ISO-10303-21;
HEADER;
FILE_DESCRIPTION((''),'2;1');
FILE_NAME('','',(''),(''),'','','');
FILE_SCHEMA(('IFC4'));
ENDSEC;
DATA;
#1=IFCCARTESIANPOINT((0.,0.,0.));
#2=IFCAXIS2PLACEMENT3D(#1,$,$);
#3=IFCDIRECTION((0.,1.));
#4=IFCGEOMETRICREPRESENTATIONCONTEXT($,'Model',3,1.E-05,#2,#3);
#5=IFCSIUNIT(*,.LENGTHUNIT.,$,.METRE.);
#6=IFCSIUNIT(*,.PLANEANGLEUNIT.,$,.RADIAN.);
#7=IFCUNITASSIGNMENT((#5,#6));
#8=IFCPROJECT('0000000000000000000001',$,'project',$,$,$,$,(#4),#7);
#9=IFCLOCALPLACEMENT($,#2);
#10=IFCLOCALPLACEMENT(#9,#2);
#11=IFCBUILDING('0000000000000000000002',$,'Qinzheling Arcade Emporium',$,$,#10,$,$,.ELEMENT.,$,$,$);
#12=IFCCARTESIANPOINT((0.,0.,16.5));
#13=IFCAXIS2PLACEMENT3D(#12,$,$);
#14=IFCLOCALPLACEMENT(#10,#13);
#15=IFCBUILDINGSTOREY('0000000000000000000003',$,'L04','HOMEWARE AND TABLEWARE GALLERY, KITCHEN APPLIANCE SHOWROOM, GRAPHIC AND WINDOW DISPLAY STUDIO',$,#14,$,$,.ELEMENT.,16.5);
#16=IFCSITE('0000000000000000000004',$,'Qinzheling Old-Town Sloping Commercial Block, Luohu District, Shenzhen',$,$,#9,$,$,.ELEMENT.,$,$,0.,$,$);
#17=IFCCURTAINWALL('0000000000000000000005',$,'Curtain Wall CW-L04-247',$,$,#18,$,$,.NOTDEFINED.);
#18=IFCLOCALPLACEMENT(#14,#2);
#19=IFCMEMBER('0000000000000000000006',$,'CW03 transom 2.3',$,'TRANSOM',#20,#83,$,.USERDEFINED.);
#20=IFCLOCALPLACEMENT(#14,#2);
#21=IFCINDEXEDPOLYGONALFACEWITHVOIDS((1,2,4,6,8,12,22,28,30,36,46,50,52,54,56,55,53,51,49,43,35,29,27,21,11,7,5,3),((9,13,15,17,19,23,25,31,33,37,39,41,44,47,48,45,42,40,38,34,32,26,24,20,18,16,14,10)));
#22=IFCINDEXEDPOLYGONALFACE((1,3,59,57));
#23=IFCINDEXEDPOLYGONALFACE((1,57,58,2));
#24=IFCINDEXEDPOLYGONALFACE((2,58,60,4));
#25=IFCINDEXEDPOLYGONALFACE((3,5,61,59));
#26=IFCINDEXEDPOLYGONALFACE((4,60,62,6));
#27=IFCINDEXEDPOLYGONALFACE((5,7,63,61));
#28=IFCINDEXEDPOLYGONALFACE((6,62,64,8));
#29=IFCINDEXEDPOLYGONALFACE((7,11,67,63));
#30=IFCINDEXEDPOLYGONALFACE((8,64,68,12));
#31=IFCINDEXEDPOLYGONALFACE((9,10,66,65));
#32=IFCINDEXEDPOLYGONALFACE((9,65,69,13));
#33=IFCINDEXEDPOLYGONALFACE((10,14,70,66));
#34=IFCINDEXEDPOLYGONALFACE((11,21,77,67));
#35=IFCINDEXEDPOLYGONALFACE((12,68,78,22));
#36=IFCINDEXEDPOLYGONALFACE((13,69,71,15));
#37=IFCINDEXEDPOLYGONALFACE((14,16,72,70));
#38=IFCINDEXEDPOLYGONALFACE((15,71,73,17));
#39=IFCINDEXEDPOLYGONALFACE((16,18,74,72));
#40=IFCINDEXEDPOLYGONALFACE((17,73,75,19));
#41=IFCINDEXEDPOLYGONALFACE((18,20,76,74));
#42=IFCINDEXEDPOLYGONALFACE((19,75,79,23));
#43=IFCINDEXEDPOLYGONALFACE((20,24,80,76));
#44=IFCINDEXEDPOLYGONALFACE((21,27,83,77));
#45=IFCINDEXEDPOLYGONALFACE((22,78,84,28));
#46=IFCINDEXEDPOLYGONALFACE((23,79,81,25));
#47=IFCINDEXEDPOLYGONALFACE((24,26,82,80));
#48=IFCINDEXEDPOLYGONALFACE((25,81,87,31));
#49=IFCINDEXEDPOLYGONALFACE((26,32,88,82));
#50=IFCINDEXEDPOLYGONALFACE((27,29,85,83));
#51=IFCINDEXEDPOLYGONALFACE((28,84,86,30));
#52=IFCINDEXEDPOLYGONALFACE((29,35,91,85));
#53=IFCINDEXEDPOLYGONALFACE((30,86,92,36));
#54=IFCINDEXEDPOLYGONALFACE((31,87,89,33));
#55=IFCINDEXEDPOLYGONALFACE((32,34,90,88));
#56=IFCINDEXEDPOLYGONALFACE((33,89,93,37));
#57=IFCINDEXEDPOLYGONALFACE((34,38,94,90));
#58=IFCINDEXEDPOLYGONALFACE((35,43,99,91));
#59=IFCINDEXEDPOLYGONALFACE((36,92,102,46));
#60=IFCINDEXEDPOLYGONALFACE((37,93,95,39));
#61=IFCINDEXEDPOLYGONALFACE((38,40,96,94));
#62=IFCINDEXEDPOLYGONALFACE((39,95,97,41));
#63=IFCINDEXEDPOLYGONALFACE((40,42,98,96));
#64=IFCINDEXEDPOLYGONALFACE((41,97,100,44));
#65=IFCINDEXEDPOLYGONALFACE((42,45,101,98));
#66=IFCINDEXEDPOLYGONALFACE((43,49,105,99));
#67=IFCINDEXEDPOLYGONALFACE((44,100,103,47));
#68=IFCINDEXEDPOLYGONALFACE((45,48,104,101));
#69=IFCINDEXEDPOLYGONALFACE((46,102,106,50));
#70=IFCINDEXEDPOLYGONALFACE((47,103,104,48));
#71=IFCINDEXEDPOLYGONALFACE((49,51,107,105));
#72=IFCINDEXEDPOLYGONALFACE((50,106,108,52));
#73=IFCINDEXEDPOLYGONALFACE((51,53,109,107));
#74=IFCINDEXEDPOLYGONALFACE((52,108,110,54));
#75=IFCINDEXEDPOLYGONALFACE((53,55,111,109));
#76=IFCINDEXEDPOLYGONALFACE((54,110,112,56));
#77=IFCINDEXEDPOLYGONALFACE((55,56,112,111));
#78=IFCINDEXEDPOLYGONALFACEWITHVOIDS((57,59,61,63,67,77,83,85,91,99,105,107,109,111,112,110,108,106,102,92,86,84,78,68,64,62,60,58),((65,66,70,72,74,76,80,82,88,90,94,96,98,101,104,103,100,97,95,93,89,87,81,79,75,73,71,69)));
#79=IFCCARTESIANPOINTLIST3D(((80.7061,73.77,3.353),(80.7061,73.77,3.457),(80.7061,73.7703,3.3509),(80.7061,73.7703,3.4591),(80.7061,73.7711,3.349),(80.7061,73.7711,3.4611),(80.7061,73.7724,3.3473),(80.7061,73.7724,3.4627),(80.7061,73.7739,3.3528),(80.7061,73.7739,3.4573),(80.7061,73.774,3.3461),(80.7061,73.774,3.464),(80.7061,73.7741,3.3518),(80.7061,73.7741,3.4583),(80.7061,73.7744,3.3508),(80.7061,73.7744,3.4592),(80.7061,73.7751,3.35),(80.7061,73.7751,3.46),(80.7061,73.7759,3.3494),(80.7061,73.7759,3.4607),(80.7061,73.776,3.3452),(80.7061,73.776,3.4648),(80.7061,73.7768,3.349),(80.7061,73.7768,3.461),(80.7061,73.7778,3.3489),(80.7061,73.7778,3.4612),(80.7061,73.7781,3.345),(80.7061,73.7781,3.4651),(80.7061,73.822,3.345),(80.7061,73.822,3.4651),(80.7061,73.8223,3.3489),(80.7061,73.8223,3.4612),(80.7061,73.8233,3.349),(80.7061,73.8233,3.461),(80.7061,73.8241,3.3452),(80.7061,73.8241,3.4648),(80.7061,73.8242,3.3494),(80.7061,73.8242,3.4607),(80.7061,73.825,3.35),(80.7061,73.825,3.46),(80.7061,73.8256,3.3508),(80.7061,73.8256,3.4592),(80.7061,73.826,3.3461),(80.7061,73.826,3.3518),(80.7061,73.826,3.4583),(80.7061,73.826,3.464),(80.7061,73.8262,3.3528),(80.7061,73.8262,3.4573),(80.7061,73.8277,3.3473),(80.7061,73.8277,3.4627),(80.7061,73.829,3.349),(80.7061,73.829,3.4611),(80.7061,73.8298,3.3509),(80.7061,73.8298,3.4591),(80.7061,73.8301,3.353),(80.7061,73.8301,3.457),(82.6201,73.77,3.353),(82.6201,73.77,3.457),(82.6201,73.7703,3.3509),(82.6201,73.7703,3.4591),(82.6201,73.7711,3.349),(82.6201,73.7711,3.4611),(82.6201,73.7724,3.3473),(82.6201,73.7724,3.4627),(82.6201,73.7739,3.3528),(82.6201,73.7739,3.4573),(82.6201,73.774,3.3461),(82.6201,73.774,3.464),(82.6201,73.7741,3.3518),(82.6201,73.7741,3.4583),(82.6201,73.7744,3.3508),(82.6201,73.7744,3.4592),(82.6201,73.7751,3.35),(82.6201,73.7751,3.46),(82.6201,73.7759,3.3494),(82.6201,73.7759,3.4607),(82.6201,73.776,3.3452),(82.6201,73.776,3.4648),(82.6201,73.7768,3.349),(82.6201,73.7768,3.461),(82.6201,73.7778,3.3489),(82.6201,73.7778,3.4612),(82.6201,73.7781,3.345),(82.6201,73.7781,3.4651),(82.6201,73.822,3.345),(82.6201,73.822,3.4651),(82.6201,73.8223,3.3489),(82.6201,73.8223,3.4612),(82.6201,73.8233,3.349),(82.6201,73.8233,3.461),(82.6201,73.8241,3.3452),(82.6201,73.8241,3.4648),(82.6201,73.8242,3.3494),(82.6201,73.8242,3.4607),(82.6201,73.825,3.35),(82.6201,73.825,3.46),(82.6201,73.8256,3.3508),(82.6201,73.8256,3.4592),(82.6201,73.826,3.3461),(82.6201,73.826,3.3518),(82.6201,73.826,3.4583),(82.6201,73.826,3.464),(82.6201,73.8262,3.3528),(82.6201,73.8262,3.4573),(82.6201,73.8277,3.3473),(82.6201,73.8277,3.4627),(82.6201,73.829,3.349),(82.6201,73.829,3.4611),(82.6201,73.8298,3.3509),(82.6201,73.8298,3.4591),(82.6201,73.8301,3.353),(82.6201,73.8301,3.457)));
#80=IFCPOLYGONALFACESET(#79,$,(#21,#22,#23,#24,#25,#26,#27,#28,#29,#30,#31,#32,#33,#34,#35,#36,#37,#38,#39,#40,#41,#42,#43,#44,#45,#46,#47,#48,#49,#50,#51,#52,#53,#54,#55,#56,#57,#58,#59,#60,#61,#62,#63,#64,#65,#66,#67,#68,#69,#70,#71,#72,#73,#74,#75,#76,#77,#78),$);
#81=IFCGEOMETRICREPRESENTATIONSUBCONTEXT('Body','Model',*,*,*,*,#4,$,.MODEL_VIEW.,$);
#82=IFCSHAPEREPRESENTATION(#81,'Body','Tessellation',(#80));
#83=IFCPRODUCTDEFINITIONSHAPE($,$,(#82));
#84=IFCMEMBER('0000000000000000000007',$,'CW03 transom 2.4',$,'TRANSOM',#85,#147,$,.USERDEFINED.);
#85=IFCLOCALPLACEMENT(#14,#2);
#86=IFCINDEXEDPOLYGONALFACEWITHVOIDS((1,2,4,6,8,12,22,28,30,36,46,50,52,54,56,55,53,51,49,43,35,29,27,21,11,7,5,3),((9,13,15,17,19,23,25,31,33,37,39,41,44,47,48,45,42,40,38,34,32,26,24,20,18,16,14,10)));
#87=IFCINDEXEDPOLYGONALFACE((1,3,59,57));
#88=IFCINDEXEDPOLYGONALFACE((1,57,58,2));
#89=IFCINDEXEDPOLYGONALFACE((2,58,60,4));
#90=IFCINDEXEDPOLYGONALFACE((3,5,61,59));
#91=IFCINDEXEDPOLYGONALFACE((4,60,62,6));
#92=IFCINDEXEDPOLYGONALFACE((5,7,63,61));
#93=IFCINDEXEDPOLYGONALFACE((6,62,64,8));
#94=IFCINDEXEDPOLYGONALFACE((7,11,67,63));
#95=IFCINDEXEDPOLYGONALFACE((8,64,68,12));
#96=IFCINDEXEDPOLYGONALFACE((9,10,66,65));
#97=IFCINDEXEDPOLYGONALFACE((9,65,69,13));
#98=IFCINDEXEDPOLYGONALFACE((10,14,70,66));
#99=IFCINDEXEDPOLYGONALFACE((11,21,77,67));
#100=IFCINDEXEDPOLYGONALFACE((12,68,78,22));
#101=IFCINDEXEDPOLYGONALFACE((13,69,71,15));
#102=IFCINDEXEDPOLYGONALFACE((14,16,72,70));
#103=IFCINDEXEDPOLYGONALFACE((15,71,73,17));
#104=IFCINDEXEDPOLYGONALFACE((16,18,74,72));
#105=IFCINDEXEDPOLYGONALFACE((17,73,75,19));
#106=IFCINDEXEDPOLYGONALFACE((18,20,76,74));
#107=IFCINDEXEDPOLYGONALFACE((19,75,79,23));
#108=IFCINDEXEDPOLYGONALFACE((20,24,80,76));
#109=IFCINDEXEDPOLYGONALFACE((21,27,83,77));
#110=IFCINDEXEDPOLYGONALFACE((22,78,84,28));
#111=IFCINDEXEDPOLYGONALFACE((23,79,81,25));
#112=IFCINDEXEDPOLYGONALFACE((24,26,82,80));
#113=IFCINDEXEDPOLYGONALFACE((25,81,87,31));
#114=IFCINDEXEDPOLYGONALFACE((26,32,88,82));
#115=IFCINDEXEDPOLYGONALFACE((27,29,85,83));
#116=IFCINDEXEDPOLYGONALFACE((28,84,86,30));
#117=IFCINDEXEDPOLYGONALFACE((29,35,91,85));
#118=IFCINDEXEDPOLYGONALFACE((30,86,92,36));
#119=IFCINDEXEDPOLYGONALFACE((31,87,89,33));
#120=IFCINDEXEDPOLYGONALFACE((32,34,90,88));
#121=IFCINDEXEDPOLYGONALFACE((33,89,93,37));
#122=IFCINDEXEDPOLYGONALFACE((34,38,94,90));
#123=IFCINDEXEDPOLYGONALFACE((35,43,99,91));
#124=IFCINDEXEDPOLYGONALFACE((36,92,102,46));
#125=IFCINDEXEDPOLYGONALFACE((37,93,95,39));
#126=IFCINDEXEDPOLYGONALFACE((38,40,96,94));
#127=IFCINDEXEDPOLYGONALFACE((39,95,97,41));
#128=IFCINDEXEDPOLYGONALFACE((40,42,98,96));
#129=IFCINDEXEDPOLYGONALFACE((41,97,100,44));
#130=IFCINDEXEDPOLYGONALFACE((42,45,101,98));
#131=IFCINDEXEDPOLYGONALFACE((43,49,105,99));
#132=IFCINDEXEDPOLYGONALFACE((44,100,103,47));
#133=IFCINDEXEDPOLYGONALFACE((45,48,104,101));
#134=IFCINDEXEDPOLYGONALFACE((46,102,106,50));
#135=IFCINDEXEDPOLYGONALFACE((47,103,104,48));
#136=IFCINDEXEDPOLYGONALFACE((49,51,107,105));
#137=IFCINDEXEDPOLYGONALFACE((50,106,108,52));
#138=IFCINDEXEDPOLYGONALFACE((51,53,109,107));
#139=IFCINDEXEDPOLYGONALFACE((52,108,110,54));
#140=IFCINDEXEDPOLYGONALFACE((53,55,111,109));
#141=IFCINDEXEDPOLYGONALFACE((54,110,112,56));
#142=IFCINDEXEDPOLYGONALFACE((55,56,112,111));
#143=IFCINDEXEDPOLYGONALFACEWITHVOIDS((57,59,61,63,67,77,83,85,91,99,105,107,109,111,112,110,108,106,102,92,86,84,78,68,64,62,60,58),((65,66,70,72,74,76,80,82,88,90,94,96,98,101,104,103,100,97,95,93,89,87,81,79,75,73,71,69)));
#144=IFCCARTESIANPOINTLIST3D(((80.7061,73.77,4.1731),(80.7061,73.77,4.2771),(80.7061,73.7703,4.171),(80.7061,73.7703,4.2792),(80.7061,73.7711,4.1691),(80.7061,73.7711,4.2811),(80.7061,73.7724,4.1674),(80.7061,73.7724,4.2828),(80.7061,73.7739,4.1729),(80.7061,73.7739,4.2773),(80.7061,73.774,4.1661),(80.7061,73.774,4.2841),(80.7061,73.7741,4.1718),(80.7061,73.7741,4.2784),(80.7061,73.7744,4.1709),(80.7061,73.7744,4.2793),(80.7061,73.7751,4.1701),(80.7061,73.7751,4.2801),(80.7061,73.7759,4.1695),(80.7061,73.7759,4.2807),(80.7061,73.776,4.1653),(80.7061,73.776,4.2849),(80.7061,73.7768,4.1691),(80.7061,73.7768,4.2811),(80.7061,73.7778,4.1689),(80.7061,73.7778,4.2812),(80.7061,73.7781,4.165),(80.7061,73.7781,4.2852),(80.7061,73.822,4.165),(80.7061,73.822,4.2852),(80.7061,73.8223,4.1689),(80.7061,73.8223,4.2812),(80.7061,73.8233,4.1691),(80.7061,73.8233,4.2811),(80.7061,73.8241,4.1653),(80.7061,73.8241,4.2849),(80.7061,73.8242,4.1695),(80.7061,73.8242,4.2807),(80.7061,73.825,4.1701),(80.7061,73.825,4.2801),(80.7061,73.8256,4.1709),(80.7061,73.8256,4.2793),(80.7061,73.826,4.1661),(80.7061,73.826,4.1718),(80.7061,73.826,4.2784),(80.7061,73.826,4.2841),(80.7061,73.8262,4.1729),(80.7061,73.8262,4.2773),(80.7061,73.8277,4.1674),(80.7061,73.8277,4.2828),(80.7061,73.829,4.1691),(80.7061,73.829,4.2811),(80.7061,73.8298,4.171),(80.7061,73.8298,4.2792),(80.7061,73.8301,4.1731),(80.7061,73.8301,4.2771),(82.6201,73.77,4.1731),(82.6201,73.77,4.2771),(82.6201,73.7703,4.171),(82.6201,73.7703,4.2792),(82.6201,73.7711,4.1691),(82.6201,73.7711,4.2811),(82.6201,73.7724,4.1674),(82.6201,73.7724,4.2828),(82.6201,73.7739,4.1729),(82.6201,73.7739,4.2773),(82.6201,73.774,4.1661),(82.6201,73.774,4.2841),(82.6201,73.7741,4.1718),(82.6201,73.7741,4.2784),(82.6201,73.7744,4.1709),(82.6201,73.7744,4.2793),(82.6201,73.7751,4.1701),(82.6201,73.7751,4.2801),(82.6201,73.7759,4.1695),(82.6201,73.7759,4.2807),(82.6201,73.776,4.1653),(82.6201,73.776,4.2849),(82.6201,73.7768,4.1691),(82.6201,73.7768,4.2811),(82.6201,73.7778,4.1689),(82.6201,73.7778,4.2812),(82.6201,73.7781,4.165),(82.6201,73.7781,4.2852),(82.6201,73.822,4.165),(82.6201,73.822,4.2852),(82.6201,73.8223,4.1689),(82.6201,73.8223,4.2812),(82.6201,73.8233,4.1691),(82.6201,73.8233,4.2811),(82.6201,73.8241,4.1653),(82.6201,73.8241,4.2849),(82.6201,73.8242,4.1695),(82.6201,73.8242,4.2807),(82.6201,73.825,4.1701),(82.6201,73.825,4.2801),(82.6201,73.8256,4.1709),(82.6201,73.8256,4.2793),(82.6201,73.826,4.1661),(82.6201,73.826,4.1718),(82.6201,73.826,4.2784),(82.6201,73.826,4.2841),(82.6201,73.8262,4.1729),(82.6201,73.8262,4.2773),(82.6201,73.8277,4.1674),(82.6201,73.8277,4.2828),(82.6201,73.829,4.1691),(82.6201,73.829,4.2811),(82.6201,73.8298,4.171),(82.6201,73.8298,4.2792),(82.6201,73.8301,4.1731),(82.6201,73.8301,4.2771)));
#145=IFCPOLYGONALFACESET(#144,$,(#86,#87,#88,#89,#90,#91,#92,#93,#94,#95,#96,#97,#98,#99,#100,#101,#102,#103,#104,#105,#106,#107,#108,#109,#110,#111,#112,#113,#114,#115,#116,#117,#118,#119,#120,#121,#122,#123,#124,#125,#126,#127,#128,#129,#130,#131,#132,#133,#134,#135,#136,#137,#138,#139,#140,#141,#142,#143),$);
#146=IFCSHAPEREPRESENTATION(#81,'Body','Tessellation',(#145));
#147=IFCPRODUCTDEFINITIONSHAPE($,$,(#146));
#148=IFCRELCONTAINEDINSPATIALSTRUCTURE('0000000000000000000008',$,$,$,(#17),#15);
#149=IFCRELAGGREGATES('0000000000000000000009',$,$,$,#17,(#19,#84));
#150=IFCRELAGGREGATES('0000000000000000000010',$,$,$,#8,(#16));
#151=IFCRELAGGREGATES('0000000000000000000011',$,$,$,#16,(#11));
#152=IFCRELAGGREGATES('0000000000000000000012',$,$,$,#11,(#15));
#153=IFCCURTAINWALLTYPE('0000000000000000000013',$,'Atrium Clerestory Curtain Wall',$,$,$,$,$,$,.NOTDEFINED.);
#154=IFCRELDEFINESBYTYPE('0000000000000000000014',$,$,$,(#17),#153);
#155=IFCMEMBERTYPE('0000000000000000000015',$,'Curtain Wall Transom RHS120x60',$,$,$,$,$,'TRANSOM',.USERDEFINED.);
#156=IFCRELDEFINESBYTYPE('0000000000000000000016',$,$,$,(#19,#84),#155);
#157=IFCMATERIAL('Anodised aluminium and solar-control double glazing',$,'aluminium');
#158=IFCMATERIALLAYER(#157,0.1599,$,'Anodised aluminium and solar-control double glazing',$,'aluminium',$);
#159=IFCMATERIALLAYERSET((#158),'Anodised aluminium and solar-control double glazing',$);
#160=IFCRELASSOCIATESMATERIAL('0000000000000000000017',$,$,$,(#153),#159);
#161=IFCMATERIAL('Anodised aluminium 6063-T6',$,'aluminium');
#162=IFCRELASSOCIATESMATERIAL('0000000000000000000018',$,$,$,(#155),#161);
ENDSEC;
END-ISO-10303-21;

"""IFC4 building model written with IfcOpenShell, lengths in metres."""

from ifc_helpers import new_model, si_unit, direction, frame, origin, origin_2d, place, context, subcontext, project, spatial, hollow_rectangle, extrude, material, layer, layer_set, material_profile, profile_set, type_object, element, aggregate, save


model = new_model("IFC4")

# Units and contexts
model_context = context("Model", 3, precision=1e-05, world=origin(), true_north=direction((0.0, 1.0)))
body_context = subcontext(model_context, "Body", "Model", "MODEL_VIEW")
ifc_project = project(units=[si_unit("LENGTHUNIT", "METRE"), si_unit("PLANEANGLEUNIT", "RADIAN")], contexts=[model_context])

# Site, building, storey
site_placement = place(None, origin())
site = spatial("IfcSite", under=ifc_project, at=site_placement, Name="Qinzheling Old-Town Sloping Commercial Block, Luohu District, Shenzhen", CompositionType="ELEMENT", RefElevation=0.0)
building_placement = place(site_placement, origin())
building = spatial("IfcBuilding", under=site, at=building_placement, Name="Qinzheling Arcade Emporium", CompositionType="ELEMENT")
storey_placement = place(building_placement, frame((0.0, 0.0, 16.5)))
storey = spatial("IfcBuildingStorey", under=building, at=storey_placement, Name="L04", Description="HOMEWARE AND TABLEWARE GALLERY, KITCHEN APPLIANCE SHOWROOM, GRAPHIC AND WINDOW DISPLAY STUDIO", CompositionType="ELEMENT", Elevation=16.5)

# Curtain wall
ifc_material_1 = material(Name="Anodised aluminium and solar-control double glazing", Category="aluminium")
ifc_layer_1 = layer(ifc_material_1, 0.1599, Name="Anodised aluminium and solar-control double glazing", Category="aluminium")
ifc_layer_set_1 = layer_set([ifc_layer_1], Name="Anodised aluminium and solar-control double glazing")
curtain_wall_type = type_object("IfcCurtainWallType", Name="Atrium Clerestory Curtain Wall", PredefinedType="NOTDEFINED", material=ifc_layer_set_1)
ifc_material_2 = material(Name="Anodised aluminium 6063-T6", Category="aluminium")
curtain_wall_1_placement = place(storey_placement, origin())
curtain_wall_1 = element("IfcCurtainWall", 1, at=curtain_wall_1_placement, inside=storey, type_object=curtain_wall_type, Name="Curtain Wall CW-L04-247", PredefinedType="NOTDEFINED")

# Members
ifc_material_profile_1 = material_profile(ifc_material_2, hollow_rectangle(XDim=0.0601, YDim=0.1201, WallThickness=0.0039, InnerFilletRadius=0.0039, OuterFilletRadius=0.0081, at=origin_2d()), Name="RHS 120x60x4", Category="aluminium")
ifc_profile_set_1 = profile_set([ifc_material_profile_1], Name="Anodised aluminium 6063-T6")
member_type_1 = type_object("IfcMemberType", Name="Curtain Wall Transom RHS120x60", ElementType="TRANSOM", PredefinedType="USERDEFINED", material=ifc_profile_set_1)
member_1_placement = place(storey_placement, frame((80.7061, 73.8, 3.405), z_axis=(1.0, 0.0, 0.0), x_axis=(0.0, 1.0, 0.0)))
member_1 = element("IfcMember", 2, at=member_1_placement, type_object=member_type_1, Name="CW03 transom 2.3", ObjectType="TRANSOM", PredefinedType="USERDEFINED", context=body_context, shape_type="SweptSolid", body=[
    extrude(hollow_rectangle(XDim=0.0601, YDim=0.1201, WallThickness=0.0039, InnerFilletRadius=0.0039, OuterFilletRadius=0.0081, at=origin_2d()), origin(), (0.0, 0.0, 1.0), 1.9141),
])
member_2_placement = place(storey_placement, frame((80.7061, 73.8, 4.2251), z_axis=(1.0, 0.0, 0.0), x_axis=(0.0, 1.0, 0.0)))
member_2 = element("IfcMember", 3, at=member_2_placement, type_object=member_type_1, Name="CW03 transom 2.4", ObjectType="TRANSOM", PredefinedType="USERDEFINED", context=body_context, shape_type="SweptSolid", body=[
    extrude(hollow_rectangle(XDim=0.0601, YDim=0.1201, WallThickness=0.0039, InnerFilletRadius=0.0039, OuterFilletRadius=0.0081, at=origin_2d()), origin(), (0.0, 0.0, 1.0), 1.9141),
])

aggregate(curtain_wall_1, [member_1, member_2])

save(model, "model.ifc")
